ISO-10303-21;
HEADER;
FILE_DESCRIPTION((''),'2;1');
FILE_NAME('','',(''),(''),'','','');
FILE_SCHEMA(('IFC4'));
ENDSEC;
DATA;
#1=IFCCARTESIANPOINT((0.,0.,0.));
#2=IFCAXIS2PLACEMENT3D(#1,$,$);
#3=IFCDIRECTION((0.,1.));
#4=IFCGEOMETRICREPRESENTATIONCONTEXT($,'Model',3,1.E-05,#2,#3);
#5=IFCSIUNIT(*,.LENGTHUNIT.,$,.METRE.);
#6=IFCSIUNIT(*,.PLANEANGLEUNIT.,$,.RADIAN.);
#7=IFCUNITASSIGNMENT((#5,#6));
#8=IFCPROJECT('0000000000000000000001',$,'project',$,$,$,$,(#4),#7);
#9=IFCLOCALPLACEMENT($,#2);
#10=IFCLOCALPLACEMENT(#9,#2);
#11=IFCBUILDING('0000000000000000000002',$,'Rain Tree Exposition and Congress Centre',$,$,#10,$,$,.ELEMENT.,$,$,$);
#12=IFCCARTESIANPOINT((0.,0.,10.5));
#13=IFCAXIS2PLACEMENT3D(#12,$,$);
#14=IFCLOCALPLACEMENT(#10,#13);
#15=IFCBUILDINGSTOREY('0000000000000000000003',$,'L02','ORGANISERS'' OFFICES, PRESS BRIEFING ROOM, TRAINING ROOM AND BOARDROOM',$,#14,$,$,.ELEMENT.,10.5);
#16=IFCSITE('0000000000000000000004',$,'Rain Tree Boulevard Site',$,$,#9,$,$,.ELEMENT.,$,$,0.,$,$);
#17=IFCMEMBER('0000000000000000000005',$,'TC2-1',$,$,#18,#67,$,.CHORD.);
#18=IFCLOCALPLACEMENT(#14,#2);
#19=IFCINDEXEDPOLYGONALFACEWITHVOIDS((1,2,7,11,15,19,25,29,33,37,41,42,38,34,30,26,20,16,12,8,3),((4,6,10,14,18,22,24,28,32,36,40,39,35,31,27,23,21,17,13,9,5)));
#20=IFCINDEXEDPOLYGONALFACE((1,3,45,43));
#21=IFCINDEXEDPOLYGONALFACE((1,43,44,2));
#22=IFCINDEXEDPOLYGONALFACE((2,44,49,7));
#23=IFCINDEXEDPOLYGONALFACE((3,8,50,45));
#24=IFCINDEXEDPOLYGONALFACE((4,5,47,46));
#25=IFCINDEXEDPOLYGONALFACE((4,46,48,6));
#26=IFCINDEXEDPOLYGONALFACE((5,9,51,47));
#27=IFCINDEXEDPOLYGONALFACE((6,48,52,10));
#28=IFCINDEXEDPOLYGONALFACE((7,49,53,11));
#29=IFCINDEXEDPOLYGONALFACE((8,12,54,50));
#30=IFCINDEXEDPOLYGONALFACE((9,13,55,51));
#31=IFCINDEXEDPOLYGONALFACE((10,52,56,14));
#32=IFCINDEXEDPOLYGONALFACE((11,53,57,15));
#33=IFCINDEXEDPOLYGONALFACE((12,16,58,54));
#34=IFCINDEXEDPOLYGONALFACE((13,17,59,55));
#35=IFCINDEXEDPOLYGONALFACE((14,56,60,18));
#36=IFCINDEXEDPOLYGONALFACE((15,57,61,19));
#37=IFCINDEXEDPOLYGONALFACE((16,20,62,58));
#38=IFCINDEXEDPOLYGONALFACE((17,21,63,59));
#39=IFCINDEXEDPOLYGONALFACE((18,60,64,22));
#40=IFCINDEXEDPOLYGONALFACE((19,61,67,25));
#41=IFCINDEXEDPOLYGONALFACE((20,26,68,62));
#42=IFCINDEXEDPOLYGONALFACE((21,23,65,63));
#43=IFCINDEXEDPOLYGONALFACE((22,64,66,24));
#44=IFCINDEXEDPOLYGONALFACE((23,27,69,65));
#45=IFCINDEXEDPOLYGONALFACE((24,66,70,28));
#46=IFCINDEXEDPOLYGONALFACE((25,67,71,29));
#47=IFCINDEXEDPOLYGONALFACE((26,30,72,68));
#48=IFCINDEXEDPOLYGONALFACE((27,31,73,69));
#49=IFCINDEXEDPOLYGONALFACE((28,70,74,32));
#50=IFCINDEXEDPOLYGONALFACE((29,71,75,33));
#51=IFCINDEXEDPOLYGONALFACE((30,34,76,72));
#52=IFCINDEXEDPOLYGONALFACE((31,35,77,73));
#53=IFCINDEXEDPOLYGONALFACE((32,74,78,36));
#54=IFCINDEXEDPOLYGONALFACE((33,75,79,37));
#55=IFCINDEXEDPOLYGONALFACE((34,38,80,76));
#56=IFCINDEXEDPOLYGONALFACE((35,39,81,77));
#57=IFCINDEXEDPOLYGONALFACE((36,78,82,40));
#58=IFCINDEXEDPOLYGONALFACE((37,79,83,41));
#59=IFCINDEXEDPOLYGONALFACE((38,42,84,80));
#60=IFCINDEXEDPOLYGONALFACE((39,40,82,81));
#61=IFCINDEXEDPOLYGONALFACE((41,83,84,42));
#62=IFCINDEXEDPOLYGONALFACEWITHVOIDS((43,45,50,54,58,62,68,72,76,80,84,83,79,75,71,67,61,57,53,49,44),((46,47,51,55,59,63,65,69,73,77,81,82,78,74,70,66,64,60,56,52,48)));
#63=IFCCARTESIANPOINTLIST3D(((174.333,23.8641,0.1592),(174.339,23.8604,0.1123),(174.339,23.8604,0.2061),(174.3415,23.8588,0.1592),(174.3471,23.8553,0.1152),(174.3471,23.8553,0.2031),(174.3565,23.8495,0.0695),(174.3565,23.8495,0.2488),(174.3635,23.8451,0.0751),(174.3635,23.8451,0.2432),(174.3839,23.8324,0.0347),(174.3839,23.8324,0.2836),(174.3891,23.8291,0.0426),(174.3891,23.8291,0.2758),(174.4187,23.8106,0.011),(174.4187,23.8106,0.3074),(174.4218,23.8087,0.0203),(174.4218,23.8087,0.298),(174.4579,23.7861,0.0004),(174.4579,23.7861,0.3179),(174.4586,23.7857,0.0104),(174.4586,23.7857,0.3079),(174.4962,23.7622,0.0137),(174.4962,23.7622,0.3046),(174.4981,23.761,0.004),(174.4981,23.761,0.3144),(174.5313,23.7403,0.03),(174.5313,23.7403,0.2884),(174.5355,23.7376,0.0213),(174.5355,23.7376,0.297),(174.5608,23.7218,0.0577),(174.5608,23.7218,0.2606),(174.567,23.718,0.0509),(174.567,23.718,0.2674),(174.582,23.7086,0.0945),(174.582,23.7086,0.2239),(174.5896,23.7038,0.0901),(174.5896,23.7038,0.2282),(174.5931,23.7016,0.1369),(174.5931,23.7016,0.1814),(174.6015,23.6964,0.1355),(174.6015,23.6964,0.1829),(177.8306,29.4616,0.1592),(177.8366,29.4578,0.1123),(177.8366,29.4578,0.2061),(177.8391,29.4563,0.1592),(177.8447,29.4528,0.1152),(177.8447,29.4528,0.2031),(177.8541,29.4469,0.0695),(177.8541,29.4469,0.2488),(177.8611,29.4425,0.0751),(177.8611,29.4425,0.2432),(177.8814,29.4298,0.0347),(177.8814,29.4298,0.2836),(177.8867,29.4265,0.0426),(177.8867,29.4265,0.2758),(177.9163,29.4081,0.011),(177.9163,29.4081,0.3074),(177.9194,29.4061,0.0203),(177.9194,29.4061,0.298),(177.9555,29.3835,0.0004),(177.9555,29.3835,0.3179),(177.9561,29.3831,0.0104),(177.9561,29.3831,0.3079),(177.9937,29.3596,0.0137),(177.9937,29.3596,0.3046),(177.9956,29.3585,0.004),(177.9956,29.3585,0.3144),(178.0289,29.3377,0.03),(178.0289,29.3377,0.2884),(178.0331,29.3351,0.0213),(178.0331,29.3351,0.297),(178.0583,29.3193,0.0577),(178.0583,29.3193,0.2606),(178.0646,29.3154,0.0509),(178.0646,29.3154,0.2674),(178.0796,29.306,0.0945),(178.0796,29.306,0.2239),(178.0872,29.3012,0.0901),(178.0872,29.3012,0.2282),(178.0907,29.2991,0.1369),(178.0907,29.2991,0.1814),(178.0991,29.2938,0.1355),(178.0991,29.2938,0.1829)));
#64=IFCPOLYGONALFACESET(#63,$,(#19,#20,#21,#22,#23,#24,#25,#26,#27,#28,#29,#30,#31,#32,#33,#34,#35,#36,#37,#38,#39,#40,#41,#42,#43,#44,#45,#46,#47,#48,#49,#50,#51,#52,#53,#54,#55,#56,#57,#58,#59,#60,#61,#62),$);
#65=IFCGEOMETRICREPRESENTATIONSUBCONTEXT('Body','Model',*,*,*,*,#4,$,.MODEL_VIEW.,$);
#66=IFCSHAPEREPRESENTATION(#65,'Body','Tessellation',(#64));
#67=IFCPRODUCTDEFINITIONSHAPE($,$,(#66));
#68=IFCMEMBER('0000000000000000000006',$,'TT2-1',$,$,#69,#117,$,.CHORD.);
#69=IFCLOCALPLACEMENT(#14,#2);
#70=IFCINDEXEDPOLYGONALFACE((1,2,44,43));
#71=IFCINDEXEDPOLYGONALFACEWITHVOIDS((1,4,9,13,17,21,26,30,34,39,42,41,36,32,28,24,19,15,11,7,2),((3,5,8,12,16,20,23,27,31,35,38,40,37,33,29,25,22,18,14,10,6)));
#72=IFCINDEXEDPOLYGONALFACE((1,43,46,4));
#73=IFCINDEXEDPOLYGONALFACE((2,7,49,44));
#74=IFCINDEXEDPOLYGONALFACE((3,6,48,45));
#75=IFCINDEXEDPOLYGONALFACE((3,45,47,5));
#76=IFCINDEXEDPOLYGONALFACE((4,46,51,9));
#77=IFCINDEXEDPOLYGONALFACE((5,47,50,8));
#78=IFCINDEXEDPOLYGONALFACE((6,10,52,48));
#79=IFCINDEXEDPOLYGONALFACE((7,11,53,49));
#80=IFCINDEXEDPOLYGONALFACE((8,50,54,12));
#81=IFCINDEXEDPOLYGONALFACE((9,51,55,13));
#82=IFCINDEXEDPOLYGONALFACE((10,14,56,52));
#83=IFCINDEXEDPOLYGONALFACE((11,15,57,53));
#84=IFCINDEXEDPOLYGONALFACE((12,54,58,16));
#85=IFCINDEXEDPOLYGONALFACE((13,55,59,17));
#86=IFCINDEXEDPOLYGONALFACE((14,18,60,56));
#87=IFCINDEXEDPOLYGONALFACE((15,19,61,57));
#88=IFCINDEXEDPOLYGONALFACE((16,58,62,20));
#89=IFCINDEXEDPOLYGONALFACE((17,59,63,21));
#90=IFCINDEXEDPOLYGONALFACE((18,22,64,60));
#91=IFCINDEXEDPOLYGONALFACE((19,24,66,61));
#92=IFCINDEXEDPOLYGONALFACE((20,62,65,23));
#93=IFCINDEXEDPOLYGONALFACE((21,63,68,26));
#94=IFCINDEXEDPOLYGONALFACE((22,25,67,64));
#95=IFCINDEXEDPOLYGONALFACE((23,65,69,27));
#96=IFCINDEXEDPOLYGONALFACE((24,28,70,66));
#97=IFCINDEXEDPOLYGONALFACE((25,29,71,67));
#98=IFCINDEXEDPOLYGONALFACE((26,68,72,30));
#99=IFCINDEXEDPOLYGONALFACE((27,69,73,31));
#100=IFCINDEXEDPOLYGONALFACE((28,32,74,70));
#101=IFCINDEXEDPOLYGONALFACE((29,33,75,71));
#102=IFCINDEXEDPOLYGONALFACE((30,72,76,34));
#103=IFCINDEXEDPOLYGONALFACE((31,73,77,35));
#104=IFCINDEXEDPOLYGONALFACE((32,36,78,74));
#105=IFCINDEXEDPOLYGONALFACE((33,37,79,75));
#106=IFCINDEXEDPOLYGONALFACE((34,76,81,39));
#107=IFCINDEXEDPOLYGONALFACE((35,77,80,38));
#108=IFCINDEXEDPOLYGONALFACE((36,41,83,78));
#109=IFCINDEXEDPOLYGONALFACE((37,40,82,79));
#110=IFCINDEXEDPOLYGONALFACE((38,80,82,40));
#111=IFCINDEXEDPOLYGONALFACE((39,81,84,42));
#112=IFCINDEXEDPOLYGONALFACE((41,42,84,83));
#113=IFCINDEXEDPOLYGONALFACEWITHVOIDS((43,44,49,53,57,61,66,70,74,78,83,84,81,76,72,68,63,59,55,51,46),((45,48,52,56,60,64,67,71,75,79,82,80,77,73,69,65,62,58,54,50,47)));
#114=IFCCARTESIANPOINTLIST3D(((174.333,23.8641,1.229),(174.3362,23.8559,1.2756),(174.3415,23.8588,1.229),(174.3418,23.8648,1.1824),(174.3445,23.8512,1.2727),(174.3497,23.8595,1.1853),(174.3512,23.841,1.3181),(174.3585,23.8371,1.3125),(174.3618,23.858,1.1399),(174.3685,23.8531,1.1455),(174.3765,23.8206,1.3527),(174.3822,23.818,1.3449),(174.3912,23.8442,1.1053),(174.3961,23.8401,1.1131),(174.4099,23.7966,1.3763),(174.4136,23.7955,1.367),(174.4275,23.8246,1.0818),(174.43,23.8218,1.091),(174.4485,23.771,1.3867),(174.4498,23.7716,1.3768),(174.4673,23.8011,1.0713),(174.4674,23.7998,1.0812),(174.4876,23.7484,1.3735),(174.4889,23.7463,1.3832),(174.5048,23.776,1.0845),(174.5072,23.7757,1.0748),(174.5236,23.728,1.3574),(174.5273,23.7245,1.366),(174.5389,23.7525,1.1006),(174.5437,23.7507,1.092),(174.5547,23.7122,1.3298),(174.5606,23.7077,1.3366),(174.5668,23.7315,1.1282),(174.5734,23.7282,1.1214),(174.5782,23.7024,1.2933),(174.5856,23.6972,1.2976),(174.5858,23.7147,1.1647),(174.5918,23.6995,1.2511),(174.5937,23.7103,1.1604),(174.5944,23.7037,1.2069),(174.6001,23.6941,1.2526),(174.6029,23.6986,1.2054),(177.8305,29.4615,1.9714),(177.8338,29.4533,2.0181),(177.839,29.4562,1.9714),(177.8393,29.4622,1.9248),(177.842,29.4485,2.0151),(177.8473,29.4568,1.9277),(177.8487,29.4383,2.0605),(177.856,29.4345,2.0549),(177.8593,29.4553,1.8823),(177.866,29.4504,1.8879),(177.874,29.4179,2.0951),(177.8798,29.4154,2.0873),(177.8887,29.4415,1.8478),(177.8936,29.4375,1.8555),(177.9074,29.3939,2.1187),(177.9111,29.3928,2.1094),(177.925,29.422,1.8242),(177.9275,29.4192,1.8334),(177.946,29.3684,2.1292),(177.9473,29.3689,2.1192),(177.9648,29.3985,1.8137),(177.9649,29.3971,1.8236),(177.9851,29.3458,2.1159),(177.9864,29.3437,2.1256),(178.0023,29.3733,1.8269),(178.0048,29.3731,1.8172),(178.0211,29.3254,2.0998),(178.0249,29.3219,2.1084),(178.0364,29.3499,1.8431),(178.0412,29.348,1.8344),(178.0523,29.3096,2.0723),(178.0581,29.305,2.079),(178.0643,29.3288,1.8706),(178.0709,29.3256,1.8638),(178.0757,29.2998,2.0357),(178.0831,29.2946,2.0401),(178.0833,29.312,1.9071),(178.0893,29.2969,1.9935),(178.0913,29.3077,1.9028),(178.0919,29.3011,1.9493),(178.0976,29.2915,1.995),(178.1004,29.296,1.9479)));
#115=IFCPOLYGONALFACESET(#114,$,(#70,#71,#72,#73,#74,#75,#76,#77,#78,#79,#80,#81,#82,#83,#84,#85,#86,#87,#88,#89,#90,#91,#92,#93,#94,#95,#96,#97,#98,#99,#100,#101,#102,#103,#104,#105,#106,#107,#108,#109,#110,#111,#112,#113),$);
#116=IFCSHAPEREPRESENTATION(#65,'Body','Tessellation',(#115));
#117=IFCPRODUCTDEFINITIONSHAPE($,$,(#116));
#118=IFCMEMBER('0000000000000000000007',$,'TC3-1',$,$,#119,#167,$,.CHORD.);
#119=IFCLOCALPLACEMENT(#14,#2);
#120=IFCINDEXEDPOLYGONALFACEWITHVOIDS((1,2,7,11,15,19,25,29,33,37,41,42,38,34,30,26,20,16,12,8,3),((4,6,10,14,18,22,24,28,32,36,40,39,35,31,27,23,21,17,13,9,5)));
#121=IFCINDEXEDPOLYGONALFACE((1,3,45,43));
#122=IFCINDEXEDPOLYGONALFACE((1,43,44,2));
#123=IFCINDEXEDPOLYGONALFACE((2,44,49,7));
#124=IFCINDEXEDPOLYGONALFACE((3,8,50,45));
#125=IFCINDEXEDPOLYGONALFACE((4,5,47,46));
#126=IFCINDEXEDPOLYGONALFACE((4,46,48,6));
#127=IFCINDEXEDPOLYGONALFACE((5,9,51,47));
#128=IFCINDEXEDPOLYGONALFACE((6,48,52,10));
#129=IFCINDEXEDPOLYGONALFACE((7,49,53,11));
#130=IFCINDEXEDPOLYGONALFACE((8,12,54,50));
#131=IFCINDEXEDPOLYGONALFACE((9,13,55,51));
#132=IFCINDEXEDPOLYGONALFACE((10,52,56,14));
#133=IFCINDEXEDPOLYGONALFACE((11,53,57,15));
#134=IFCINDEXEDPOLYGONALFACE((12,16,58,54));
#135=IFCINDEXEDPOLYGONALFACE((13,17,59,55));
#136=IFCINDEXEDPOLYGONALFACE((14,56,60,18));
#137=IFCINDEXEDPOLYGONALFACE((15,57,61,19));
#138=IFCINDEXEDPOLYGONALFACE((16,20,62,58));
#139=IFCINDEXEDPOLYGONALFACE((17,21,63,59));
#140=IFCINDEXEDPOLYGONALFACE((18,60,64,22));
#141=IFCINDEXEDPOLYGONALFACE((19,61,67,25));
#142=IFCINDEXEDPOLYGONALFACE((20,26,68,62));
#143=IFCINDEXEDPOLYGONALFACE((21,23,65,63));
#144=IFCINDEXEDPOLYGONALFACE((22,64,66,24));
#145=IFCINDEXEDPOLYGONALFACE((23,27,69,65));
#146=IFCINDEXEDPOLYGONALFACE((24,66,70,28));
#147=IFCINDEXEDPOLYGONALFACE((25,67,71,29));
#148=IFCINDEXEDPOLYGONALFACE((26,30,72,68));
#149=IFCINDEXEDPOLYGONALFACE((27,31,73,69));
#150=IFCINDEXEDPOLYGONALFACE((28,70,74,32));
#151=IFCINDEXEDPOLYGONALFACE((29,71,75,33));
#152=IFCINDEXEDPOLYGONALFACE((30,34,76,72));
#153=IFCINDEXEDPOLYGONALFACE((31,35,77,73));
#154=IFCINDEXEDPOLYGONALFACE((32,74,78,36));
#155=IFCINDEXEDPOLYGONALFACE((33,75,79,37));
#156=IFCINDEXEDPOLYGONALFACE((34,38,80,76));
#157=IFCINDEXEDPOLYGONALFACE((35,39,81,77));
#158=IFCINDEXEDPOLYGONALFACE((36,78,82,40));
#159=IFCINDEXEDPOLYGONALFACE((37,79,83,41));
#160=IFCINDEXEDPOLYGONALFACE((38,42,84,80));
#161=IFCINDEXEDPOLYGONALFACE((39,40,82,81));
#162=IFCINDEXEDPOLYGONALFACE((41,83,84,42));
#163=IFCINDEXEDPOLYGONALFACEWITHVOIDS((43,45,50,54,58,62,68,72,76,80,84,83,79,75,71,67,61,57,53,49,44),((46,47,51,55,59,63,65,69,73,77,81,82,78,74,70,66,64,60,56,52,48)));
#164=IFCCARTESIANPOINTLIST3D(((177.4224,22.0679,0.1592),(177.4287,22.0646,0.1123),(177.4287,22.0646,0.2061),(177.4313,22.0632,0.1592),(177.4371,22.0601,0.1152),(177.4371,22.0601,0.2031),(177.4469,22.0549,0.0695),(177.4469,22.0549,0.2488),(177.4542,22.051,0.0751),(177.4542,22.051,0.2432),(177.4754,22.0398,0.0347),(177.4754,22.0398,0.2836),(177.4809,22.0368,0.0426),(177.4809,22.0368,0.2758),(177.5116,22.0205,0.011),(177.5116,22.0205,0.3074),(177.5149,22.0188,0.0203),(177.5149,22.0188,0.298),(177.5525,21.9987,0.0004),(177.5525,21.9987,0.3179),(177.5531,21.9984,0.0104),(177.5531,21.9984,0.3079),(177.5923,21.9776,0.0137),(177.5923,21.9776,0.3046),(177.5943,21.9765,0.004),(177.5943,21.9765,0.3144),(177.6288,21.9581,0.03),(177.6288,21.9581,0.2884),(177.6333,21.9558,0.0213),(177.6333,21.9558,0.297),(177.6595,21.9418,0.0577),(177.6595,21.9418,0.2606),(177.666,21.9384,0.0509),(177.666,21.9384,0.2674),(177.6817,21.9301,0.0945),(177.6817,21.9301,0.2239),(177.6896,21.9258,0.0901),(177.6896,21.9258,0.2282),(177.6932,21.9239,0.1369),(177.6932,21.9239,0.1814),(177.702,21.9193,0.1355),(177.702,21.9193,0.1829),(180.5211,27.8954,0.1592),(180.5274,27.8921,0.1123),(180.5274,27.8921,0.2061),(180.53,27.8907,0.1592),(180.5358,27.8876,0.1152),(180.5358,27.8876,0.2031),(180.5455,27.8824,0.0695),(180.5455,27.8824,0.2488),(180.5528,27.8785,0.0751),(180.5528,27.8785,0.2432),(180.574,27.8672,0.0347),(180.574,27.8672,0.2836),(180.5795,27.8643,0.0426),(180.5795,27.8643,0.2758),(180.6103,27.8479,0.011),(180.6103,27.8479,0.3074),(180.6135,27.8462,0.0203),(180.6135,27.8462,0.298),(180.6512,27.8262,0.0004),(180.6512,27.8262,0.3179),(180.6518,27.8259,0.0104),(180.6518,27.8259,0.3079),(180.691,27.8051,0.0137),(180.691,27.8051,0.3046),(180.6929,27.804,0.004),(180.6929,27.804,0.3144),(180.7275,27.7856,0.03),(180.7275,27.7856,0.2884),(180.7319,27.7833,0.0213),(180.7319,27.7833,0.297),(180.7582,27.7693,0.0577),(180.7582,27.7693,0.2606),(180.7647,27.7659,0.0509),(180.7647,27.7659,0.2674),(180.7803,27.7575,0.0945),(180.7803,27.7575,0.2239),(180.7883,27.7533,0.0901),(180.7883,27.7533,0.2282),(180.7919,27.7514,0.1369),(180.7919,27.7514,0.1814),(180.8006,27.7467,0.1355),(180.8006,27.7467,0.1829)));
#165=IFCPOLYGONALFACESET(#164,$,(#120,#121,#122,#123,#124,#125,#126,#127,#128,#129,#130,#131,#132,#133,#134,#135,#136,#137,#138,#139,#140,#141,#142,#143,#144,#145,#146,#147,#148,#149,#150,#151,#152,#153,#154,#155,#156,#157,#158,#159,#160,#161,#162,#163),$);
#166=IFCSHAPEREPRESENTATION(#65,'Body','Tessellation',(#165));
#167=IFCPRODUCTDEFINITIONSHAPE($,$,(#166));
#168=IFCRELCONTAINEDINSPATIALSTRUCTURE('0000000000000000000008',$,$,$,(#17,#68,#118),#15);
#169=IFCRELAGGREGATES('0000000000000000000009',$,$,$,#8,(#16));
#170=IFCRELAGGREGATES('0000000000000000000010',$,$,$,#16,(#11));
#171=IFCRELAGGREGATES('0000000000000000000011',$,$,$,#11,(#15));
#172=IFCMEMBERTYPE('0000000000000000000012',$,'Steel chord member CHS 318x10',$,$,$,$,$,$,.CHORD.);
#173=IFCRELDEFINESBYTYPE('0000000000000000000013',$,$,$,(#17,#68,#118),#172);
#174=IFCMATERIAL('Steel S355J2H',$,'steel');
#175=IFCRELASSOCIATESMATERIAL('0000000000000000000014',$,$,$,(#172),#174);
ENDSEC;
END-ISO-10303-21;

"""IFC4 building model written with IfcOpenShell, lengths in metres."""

from ifc_helpers import new_model, si_unit, direction, frame, origin, origin_2d, place, context, subcontext, project, spatial, hollow_circle, extrude, material, material_profile, profile_set, type_object, element, save


model = new_model("IFC4")

# Units and contexts
model_context = context("Model", 3, precision=1e-05, world=origin(), true_north=direction((0.0, 1.0)))
body_context = subcontext(model_context, "Body", "Model", "MODEL_VIEW")
ifc_project = project(units=[si_unit("LENGTHUNIT", "METRE"), si_unit("PLANEANGLEUNIT", "RADIAN")], contexts=[model_context])

# Site, building, storey
site_placement = place(None, origin())
site = spatial("IfcSite", under=ifc_project, at=site_placement, Name="Rain Tree Boulevard Site", CompositionType="ELEMENT", RefElevation=0.0)
building_placement = place(site_placement, origin())
building = spatial("IfcBuilding", under=site, at=building_placement, Name="Rain Tree Exposition and Congress Centre", CompositionType="ELEMENT")
storey_placement = place(building_placement, frame((0.0, 0.0, 10.5)))
storey = spatial("IfcBuildingStorey", under=building, at=storey_placement, Name="L02", Description="ORGANISERS' OFFICES, PRESS BRIEFING ROOM, TRAINING ROOM AND BOARDROOM", CompositionType="ELEMENT", Elevation=10.5)

# Members
ifc_material_1 = material(Name="Steel S355J2H", Category="steel")
ifc_material_profile_1 = material_profile(ifc_material_1, hollow_circle(Radius=0.1592, WallThickness=0.01, at=origin_2d()), Name="CHS 318x10")
ifc_profile_set_1 = profile_set([ifc_material_profile_1], Name="Steel S355J2H")
member_type_1 = type_object("IfcMemberType", Name="Steel chord member CHS 318x10", PredefinedType="CHORD", material=ifc_profile_set_1)
member_1_placement = place(storey_placement, frame((174.468, 23.7798, 0.1592), z_axis=(0.529909, 0.848054, 0.0), x_axis=(-0.848054, 0.529909, 0.0)))
element("IfcMember", 1, at=member_1_placement, inside=storey, type_object=member_type_1, Name="TC2-1", PredefinedType="CHORD", context=body_context, shape_type="SweptSolid", body=[
    extrude(hollow_circle(Radius=0.1592, WallThickness=0.01, at=origin_2d()), origin(), (0.0, 0.0, 1.0), 6.6003),
])
member_2_placement = place(storey_placement, frame((174.468, 23.7798, 1.229), z_axis=(0.526588, 0.84274, 0.11178), x_axis=(-0.848054, 0.529909, 0.0)))
element("IfcMember", 2, at=member_2_placement, inside=storey, type_object=member_type_1, Name="TT2-1", PredefinedType="CHORD", context=body_context, shape_type="SweptSolid", body=[
    extrude(hollow_circle(Radius=0.1592, WallThickness=0.01, at=origin_2d()), origin(), (0.0, 0.0, 1.0), 6.6418),
])
member_3_placement = place(storey_placement, frame((177.563, 21.9932, 0.1592), z_axis=(0.46949, 0.882938, 0.0), x_axis=(-0.882938, 0.46949, 0.0)))
element("IfcMember", 3, at=member_3_placement, inside=storey, type_object=member_type_1, Name="TC3-1", PredefinedType="CHORD", context=body_context, shape_type="SweptSolid", body=[
    extrude(hollow_circle(Radius=0.1592, WallThickness=0.01, at=origin_2d()), origin(), (0.0, 0.0, 1.0), 6.6001),
])

save(model, "model.ifc")
